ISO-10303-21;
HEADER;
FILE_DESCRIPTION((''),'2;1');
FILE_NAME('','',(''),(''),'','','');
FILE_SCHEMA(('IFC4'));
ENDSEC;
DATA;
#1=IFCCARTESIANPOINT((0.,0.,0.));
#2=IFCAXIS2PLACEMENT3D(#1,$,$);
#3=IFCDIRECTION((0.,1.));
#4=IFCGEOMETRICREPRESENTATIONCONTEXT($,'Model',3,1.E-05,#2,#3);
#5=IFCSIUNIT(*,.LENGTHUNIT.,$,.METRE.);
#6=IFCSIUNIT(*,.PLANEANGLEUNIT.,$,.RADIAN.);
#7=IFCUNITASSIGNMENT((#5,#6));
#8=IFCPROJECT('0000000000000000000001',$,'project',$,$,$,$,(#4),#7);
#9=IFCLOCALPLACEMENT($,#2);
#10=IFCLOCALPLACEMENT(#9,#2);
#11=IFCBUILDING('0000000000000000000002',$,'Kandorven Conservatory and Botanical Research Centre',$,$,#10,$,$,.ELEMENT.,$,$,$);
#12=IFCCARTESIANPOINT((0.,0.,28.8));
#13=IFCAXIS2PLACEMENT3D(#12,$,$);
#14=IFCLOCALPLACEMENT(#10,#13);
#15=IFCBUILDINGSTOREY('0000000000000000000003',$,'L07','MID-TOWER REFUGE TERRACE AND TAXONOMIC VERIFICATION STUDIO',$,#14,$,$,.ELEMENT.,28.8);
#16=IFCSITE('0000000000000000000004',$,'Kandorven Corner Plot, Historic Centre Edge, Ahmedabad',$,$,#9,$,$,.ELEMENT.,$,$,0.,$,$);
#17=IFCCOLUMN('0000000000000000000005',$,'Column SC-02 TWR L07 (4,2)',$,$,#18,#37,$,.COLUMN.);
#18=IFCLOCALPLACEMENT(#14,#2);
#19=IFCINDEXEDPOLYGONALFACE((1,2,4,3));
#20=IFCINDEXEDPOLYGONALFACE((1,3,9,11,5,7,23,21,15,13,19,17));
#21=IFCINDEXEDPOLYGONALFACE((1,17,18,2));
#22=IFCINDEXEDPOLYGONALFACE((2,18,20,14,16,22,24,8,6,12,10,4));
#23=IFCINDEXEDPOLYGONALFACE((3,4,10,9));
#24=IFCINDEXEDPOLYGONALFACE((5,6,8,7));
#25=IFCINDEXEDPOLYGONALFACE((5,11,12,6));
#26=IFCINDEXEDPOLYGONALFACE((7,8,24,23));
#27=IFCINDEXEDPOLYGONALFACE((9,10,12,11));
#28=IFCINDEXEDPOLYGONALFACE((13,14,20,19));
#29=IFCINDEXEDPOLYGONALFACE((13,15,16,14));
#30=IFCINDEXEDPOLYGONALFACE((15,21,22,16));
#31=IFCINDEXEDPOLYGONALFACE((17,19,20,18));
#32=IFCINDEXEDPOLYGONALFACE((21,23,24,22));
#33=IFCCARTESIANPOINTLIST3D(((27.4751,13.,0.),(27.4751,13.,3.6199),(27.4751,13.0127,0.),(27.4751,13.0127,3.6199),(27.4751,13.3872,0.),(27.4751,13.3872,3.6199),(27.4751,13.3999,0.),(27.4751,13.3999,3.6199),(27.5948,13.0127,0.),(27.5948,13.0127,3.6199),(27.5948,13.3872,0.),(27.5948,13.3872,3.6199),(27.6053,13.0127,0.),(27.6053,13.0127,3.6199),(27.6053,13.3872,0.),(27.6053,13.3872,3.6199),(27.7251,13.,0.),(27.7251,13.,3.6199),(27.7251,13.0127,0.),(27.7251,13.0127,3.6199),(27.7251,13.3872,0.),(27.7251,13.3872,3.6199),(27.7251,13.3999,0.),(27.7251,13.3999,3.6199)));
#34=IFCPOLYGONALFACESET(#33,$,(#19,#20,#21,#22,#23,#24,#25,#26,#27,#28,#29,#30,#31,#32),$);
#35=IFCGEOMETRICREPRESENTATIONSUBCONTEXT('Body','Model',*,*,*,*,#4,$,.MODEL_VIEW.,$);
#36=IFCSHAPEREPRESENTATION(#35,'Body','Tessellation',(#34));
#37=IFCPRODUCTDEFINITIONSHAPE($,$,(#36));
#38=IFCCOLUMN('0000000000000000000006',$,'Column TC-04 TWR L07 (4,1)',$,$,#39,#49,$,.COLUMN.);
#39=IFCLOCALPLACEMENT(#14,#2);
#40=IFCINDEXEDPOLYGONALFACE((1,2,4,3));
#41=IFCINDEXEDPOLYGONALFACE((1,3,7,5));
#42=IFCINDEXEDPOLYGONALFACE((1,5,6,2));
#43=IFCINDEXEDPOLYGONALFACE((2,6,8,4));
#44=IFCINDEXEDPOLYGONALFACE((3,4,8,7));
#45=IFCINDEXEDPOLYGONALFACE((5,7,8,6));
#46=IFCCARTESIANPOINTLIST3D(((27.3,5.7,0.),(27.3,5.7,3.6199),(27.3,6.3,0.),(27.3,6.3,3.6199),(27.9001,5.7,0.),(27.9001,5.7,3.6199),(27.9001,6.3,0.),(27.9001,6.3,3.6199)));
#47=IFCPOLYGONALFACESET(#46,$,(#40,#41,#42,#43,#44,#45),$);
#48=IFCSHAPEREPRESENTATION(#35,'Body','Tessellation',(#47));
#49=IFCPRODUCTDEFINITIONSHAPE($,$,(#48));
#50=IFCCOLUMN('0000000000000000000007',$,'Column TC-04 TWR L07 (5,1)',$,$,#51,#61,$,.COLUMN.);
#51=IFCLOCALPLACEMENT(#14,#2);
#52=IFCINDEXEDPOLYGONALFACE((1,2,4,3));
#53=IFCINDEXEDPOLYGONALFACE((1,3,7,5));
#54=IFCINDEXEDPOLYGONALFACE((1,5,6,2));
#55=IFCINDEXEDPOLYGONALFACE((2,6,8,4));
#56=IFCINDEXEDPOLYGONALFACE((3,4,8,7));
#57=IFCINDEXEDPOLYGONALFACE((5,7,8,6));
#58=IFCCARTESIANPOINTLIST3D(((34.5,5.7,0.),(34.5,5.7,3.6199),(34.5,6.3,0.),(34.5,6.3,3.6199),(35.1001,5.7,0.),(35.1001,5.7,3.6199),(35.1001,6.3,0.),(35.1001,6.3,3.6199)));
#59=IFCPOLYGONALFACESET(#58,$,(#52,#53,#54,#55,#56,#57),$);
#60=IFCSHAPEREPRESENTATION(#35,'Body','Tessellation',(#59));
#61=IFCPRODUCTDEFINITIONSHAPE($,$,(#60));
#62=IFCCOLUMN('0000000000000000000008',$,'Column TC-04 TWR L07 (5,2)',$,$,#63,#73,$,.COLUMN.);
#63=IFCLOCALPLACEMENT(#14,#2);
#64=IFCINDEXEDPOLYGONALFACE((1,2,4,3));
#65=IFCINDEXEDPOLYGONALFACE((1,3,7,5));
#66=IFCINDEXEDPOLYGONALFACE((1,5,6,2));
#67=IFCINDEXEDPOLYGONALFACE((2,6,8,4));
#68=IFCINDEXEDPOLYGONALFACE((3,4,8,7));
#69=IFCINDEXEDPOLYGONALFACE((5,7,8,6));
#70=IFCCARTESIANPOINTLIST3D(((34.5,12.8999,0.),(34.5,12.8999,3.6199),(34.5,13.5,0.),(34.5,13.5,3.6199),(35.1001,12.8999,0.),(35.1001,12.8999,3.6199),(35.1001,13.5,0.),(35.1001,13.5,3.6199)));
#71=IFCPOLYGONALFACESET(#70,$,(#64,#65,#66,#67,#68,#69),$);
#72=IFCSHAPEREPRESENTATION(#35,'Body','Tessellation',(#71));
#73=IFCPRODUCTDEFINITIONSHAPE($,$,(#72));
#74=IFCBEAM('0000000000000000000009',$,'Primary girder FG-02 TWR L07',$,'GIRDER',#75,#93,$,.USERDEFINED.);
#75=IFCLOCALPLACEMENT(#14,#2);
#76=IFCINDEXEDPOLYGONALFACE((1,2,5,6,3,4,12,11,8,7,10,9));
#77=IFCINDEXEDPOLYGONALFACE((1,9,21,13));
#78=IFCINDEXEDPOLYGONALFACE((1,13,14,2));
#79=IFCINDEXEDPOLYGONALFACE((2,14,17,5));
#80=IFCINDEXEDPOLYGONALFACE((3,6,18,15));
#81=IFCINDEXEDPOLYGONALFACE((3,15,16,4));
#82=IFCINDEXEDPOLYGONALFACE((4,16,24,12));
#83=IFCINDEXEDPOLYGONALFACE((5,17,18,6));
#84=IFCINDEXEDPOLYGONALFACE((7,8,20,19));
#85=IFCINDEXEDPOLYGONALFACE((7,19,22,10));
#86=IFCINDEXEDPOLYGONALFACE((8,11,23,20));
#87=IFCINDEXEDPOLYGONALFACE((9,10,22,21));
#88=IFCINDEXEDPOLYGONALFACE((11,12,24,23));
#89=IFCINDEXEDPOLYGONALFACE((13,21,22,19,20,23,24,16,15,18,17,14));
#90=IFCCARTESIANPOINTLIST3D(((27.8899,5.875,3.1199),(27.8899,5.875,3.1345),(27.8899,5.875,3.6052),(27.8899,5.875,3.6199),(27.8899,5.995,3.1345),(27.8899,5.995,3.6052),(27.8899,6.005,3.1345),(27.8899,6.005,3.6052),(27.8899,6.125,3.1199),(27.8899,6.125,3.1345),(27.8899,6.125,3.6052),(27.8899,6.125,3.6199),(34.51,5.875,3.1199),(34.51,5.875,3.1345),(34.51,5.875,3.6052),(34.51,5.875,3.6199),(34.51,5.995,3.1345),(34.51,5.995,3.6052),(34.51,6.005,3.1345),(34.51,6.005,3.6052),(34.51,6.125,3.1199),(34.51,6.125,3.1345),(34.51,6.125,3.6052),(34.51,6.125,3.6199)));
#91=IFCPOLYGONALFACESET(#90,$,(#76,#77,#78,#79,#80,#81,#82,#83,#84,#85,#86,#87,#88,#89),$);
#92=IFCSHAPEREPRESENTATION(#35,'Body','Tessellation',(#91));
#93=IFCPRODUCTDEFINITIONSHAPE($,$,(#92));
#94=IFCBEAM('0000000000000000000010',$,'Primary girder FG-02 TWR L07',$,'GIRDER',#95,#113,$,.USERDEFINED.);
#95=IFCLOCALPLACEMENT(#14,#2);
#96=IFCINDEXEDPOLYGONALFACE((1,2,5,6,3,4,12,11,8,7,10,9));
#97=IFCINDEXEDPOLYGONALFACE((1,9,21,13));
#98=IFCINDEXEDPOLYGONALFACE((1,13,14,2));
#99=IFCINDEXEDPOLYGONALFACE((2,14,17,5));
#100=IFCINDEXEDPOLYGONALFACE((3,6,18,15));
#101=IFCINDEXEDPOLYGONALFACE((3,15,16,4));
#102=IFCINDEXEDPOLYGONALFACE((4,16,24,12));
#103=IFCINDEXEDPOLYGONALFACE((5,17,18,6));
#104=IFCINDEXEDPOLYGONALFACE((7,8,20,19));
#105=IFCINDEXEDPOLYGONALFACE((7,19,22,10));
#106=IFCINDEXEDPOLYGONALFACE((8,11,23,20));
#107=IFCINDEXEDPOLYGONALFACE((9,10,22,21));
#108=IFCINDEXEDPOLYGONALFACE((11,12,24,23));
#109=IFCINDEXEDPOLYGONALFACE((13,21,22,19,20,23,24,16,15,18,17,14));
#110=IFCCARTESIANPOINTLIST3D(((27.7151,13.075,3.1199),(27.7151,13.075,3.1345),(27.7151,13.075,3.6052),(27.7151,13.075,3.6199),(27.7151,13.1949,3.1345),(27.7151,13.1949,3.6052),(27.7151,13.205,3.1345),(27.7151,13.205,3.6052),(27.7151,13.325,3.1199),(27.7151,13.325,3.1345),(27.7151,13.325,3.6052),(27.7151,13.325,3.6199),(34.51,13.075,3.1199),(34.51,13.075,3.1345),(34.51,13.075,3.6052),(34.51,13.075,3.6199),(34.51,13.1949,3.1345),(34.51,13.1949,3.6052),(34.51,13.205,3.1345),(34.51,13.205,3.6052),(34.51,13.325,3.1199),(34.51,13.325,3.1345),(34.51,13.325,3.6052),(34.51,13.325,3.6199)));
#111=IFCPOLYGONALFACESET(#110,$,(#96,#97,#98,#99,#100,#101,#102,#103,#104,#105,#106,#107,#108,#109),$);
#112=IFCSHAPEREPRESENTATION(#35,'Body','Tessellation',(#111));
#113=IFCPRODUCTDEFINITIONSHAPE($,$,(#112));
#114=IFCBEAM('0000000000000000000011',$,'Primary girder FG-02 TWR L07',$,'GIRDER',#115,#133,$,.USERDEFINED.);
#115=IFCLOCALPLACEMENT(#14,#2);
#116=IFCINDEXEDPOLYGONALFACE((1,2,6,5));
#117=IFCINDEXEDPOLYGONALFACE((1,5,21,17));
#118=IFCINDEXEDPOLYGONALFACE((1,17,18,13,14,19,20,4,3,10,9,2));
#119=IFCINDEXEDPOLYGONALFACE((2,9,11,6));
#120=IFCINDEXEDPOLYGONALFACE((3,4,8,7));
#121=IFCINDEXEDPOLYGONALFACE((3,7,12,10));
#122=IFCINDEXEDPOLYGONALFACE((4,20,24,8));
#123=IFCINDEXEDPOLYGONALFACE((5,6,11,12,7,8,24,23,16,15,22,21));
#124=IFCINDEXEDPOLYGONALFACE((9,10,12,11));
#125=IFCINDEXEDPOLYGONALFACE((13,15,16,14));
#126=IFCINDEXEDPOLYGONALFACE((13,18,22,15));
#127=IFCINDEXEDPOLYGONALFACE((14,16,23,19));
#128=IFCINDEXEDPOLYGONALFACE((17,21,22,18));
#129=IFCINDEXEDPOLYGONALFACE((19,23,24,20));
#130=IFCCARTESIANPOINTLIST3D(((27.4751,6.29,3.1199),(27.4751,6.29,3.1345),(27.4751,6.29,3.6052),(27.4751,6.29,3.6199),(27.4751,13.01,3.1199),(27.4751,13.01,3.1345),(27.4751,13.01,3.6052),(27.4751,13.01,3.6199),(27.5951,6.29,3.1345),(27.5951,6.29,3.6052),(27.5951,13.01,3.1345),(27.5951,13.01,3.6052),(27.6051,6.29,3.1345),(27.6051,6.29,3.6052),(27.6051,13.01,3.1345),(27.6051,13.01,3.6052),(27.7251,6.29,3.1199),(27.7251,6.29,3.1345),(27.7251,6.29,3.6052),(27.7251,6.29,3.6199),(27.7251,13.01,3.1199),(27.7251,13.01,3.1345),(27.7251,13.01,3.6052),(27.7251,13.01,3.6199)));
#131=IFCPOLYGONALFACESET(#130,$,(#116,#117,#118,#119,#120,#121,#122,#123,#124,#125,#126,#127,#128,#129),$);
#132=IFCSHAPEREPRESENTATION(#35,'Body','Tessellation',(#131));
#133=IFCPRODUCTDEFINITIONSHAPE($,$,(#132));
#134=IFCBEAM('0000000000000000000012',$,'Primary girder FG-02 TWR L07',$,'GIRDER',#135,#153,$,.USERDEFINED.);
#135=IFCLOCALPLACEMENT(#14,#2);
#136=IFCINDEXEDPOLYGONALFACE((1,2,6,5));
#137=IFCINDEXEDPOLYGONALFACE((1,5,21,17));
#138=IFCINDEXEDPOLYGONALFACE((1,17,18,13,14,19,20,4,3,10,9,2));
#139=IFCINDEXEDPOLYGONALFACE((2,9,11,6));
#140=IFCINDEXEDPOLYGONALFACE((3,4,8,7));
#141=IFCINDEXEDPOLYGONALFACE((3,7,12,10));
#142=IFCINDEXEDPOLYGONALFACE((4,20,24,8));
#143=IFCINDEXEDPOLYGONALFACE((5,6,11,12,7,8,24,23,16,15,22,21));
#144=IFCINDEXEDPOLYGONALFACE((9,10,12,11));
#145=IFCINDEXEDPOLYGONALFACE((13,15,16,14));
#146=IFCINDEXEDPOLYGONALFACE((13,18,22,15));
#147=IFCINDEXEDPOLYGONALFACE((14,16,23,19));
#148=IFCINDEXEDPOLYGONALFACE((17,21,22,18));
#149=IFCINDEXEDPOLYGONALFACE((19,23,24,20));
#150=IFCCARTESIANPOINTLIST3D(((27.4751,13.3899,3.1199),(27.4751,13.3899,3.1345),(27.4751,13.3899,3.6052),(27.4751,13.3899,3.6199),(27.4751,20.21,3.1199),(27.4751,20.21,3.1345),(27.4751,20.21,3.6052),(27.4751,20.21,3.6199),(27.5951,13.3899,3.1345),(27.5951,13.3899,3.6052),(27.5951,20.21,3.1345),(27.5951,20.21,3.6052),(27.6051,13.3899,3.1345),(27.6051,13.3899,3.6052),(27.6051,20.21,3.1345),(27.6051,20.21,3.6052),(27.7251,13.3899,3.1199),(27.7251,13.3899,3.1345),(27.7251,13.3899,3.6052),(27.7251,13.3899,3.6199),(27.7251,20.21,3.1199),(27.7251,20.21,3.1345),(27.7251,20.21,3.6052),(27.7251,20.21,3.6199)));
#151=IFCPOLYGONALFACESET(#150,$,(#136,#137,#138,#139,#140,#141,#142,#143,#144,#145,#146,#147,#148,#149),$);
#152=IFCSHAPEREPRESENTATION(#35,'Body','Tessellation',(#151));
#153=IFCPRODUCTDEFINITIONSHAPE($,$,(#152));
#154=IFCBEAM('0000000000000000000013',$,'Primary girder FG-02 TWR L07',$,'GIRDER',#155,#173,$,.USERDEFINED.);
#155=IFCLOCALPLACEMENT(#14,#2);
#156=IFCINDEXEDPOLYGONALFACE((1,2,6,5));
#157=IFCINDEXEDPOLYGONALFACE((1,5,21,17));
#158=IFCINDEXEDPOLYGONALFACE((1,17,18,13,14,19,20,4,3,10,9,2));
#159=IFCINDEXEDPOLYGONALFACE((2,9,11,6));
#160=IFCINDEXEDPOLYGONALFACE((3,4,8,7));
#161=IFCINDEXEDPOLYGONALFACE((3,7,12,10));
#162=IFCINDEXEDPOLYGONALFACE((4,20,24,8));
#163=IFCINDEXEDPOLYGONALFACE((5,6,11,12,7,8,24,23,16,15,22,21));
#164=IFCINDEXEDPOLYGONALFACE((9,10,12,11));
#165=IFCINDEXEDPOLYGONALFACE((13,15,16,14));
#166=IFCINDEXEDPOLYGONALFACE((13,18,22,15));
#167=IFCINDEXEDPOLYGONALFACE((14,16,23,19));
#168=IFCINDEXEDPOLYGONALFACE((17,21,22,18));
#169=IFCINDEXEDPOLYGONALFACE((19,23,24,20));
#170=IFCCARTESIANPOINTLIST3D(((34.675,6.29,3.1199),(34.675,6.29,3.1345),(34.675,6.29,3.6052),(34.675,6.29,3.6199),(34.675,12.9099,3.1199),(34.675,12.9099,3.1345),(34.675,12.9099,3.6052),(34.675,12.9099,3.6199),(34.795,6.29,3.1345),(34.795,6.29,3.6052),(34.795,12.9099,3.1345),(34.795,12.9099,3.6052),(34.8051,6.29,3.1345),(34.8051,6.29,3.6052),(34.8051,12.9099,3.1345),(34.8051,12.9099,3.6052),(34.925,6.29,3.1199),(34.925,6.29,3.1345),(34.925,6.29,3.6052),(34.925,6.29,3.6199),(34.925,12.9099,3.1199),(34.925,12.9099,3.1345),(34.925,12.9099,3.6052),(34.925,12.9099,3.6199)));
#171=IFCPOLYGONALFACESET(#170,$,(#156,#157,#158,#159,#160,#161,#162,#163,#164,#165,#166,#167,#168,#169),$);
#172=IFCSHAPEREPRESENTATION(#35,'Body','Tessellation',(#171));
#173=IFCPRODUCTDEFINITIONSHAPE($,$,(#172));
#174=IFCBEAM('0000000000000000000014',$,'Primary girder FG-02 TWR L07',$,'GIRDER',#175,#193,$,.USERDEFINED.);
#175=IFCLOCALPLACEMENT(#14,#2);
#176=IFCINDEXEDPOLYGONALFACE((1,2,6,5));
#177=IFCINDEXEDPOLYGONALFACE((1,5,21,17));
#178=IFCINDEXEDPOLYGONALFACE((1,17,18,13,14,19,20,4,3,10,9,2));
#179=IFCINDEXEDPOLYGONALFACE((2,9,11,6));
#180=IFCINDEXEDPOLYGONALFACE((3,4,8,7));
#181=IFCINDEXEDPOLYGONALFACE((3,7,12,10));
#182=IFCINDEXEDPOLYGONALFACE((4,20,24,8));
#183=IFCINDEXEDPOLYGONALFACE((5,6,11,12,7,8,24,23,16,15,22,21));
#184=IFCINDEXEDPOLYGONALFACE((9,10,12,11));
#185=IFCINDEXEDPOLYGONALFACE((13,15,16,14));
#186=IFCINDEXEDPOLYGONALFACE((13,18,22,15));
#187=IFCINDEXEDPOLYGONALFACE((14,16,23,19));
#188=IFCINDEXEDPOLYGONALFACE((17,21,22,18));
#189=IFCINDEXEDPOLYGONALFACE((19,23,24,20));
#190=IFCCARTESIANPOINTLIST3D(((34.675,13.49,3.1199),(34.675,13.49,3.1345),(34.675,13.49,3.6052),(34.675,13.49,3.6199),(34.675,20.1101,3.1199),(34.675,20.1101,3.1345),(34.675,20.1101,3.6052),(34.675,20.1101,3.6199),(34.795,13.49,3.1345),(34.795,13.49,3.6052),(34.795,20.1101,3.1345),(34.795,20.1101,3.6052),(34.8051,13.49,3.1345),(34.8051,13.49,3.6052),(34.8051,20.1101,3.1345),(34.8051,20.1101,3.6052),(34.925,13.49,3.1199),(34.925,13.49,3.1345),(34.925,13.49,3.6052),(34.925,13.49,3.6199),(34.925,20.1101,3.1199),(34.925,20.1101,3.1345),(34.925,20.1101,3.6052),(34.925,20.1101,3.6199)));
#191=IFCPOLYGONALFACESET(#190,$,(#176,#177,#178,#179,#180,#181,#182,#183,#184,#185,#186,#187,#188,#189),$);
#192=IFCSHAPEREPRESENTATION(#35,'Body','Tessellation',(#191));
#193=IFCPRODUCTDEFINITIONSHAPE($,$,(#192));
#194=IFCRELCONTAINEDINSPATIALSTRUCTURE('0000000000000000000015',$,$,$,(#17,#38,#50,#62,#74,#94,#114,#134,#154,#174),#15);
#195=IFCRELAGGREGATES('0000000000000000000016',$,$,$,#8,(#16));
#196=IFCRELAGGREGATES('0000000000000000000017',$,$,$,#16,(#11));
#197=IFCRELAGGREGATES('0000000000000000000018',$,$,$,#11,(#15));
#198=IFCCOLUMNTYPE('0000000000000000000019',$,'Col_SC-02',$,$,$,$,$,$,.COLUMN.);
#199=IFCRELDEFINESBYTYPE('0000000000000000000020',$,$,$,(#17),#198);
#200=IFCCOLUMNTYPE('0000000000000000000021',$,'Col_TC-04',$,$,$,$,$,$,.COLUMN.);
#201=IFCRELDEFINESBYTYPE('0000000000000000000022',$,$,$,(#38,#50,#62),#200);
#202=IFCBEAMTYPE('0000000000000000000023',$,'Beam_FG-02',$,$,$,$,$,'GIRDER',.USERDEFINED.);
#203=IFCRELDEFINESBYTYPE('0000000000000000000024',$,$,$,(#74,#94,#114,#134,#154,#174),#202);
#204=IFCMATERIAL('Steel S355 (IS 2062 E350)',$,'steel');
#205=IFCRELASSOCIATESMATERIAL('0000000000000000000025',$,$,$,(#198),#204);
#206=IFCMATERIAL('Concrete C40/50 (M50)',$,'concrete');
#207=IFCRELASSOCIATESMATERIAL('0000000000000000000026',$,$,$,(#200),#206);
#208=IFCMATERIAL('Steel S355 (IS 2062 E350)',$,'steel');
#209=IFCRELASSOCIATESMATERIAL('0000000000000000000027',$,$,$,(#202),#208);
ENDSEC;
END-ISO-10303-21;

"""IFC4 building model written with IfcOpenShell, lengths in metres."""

from ifc_helpers import new_model, si_unit, direction, frame, origin, origin_2d, place, context, subcontext, project, spatial, rectangle, i_section, extrude, material, material_profile, profile_set, type_object, element, save


model = new_model("IFC4")

# Units and contexts
model_context = context("Model", 3, precision=1e-05, world=origin(), true_north=direction((0.0, 1.0)))
body_context = subcontext(model_context, "Body", "Model", "MODEL_VIEW")
ifc_project = project(units=[si_unit("LENGTHUNIT", "METRE"), si_unit("PLANEANGLEUNIT", "RADIAN")], contexts=[model_context])

# Site, building, storey
site_placement = place(None, origin())
site = spatial("IfcSite", under=ifc_project, at=site_placement, Name="Kandorven Corner Plot, Historic Centre Edge, Ahmedabad", CompositionType="ELEMENT", RefElevation=0.0)
building_placement = place(site_placement, origin())
building = spatial("IfcBuilding", under=site, at=building_placement, Name="Kandorven Conservatory and Botanical Research Centre", CompositionType="ELEMENT")
storey_placement = place(building_placement, frame((0.0, 0.0, 28.8)))
storey = spatial("IfcBuildingStorey", under=building, at=storey_placement, Name="L07", Description="MID-TOWER REFUGE TERRACE AND TAXONOMIC VERIFICATION STUDIO", CompositionType="ELEMENT", Elevation=28.8)

# Columns
ifc_material_1 = material(Name="Steel S355 (IS 2062 E350)", Category="steel")
ifc_material_profile_1 = material_profile(ifc_material_1, i_section(OverallWidth=0.25, OverallDepth=0.3999, WebThickness=0.0105, FlangeThickness=0.0127, at=origin_2d()))
ifc_profile_set_1 = profile_set([ifc_material_profile_1], Name="Steel S355 (IS 2062 E350)")
column_type_1 = type_object("IfcColumnType", Name="Col_SC-02", PredefinedType="COLUMN", material=ifc_profile_set_1)
column_placement = place(storey_placement, frame((27.6001, 13.2, 0.0), z_axis=(0.0, 0.0, 1.0), x_axis=(1.0, 0.0, 0.0)))
element("IfcColumn", 1, at=column_placement, inside=storey, type_object=column_type_1, Name="Column SC-02 TWR L07 (4,2)", PredefinedType="COLUMN", context=body_context, shape_type="SweptSolid", body=[
    extrude(i_section(OverallWidth=0.25, OverallDepth=0.3999, WebThickness=0.0105, FlangeThickness=0.0127, at=origin_2d()), origin(), (0.0, 0.0, 1.0), 3.6199),
])
ifc_material_2 = material(Name="Concrete C40/50 (M50)", Category="concrete")
ifc_material_profile_2 = material_profile(ifc_material_2, rectangle(XDim=0.6001, YDim=0.6001, at=origin_2d()))
ifc_profile_set_2 = profile_set([ifc_material_profile_2], Name="Concrete C40/50 (M50)")
column_type_2 = type_object("IfcColumnType", Name="Col_TC-04", PredefinedType="COLUMN", material=ifc_profile_set_2)
for number, where, z_axis, x_axis, name in (
    (2, (27.6001, 6.0, 0.0), (0.0, 0.0, 1.0), (1.0, 0.0, 0.0), "Column TC-04 TWR L07 (4,1)"),
    (3, (34.8, 6.0, 0.0), (0.0, 0.0, 1.0), (1.0, 0.0, 0.0), "Column TC-04 TWR L07 (5,1)"),
    (4, (34.8, 13.2, 0.0), (0.0, 0.0, 1.0), (1.0, 0.0, 0.0), "Column TC-04 TWR L07 (5,2)"),
):
    element("IfcColumn", number, at=place(storey_placement, frame(where, z_axis=z_axis, x_axis=x_axis)), inside=storey, type_object=column_type_2, Name=name, PredefinedType="COLUMN", context=body_context, shape_type="SweptSolid", body=[
        extrude(rectangle(XDim=0.6001, YDim=0.6001, at=origin_2d()), origin(), (0.0, 0.0, 1.0), 3.6199),
    ])

# Beams
ifc_material_3 = material(Name="Steel S355 (IS 2062 E350)", Category="steel")
ifc_material_profile_3 = material_profile(ifc_material_3, i_section(OverallWidth=0.25, OverallDepth=0.5, WebThickness=0.01, FlangeThickness=0.0146, at=origin_2d()))
ifc_profile_set_3 = profile_set([ifc_material_profile_3], Name="Steel S355 (IS 2062 E350)")
beam_type_1 = type_object("IfcBeamType", Name="Beam_FG-02", ElementType="GIRDER", PredefinedType="USERDEFINED", material=ifc_profile_set_3)
beam_1_placement = place(storey_placement, frame((27.8899, 6.0, 3.3699), z_axis=(1.0, 0.0, 0.0), x_axis=(0.0, 1.0, 0.0)))
element("IfcBeam", 5, at=beam_1_placement, inside=storey, type_object=beam_type_1, Name="Primary girder FG-02 TWR L07", ObjectType="GIRDER", PredefinedType="USERDEFINED", context=body_context, shape_type="SweptSolid", body=[
    extrude(i_section(OverallWidth=0.25, OverallDepth=0.5, WebThickness=0.01, FlangeThickness=0.0146, at=origin_2d()), origin(), (0.0, 0.0, 1.0), 6.6201),
])
beam_2_placement = place(storey_placement, frame((27.7151, 13.2, 3.3699), z_axis=(1.0, 0.0, 0.0), x_axis=(0.0, 1.0, 0.0)))
element("IfcBeam", 6, at=beam_2_placement, inside=storey, type_object=beam_type_1, Name="Primary girder FG-02 TWR L07", ObjectType="GIRDER", PredefinedType="USERDEFINED", context=body_context, shape_type="SweptSolid", body=[
    extrude(i_section(OverallWidth=0.25, OverallDepth=0.5, WebThickness=0.01, FlangeThickness=0.0146, at=origin_2d()), origin(), (0.0, 0.0, 1.0), 6.7949),
])
beam_3_placement = place(storey_placement, frame((27.6001, 6.29, 3.3699), z_axis=(0.0, 1.0, 0.0), x_axis=(-1.0, 0.0, 0.0)))
element("IfcBeam", 7, at=beam_3_placement, inside=storey, type_object=beam_type_1, Name="Primary girder FG-02 TWR L07", ObjectType="GIRDER", PredefinedType="USERDEFINED", context=body_context, shape_type="SweptSolid", body=[
    extrude(i_section(OverallWidth=0.25, OverallDepth=0.5, WebThickness=0.01, FlangeThickness=0.0146, at=origin_2d()), origin(), (0.0, 0.0, 1.0), 6.72),
])
beam_4_placement = place(storey_placement, frame((27.6001, 13.3899, 3.3699), z_axis=(0.0, 1.0, 0.0), x_axis=(-1.0, 0.0, 0.0)))
element("IfcBeam", 8, at=beam_4_placement, inside=storey, type_object=beam_type_1, Name="Primary girder FG-02 TWR L07", ObjectType="GIRDER", PredefinedType="USERDEFINED", context=body_context, shape_type="SweptSolid", body=[
    extrude(i_section(OverallWidth=0.25, OverallDepth=0.5, WebThickness=0.01, FlangeThickness=0.0146, at=origin_2d()), origin(), (0.0, 0.0, 1.0), 6.8201),
])
beam_5_placement = place(storey_placement, frame((34.8, 6.29, 3.3699), z_axis=(0.0, 1.0, 0.0), x_axis=(-1.0, 0.0, 0.0)))
element("IfcBeam", 9, at=beam_5_placement, inside=storey, type_object=beam_type_1, Name="Primary girder FG-02 TWR L07", ObjectType="GIRDER", PredefinedType="USERDEFINED", context=body_context, shape_type="SweptSolid", body=[
    extrude(i_section(OverallWidth=0.25, OverallDepth=0.5, WebThickness=0.01, FlangeThickness=0.0146, at=origin_2d()), origin(), (0.0, 0.0, 1.0), 6.6199),
])
beam_6_placement = place(storey_placement, frame((34.8, 13.49, 3.3699), z_axis=(0.0, 1.0, 0.0), x_axis=(-1.0, 0.0, 0.0)))
element("IfcBeam", 10, at=beam_6_placement, inside=storey, type_object=beam_type_1, Name="Primary girder FG-02 TWR L07", ObjectType="GIRDER", PredefinedType="USERDEFINED", context=body_context, shape_type="SweptSolid", body=[
    extrude(i_section(OverallWidth=0.25, OverallDepth=0.5, WebThickness=0.01, FlangeThickness=0.0146, at=origin_2d()), origin(), (0.0, 0.0, 1.0), 6.6201),
])

save(model, "model.ifc")
